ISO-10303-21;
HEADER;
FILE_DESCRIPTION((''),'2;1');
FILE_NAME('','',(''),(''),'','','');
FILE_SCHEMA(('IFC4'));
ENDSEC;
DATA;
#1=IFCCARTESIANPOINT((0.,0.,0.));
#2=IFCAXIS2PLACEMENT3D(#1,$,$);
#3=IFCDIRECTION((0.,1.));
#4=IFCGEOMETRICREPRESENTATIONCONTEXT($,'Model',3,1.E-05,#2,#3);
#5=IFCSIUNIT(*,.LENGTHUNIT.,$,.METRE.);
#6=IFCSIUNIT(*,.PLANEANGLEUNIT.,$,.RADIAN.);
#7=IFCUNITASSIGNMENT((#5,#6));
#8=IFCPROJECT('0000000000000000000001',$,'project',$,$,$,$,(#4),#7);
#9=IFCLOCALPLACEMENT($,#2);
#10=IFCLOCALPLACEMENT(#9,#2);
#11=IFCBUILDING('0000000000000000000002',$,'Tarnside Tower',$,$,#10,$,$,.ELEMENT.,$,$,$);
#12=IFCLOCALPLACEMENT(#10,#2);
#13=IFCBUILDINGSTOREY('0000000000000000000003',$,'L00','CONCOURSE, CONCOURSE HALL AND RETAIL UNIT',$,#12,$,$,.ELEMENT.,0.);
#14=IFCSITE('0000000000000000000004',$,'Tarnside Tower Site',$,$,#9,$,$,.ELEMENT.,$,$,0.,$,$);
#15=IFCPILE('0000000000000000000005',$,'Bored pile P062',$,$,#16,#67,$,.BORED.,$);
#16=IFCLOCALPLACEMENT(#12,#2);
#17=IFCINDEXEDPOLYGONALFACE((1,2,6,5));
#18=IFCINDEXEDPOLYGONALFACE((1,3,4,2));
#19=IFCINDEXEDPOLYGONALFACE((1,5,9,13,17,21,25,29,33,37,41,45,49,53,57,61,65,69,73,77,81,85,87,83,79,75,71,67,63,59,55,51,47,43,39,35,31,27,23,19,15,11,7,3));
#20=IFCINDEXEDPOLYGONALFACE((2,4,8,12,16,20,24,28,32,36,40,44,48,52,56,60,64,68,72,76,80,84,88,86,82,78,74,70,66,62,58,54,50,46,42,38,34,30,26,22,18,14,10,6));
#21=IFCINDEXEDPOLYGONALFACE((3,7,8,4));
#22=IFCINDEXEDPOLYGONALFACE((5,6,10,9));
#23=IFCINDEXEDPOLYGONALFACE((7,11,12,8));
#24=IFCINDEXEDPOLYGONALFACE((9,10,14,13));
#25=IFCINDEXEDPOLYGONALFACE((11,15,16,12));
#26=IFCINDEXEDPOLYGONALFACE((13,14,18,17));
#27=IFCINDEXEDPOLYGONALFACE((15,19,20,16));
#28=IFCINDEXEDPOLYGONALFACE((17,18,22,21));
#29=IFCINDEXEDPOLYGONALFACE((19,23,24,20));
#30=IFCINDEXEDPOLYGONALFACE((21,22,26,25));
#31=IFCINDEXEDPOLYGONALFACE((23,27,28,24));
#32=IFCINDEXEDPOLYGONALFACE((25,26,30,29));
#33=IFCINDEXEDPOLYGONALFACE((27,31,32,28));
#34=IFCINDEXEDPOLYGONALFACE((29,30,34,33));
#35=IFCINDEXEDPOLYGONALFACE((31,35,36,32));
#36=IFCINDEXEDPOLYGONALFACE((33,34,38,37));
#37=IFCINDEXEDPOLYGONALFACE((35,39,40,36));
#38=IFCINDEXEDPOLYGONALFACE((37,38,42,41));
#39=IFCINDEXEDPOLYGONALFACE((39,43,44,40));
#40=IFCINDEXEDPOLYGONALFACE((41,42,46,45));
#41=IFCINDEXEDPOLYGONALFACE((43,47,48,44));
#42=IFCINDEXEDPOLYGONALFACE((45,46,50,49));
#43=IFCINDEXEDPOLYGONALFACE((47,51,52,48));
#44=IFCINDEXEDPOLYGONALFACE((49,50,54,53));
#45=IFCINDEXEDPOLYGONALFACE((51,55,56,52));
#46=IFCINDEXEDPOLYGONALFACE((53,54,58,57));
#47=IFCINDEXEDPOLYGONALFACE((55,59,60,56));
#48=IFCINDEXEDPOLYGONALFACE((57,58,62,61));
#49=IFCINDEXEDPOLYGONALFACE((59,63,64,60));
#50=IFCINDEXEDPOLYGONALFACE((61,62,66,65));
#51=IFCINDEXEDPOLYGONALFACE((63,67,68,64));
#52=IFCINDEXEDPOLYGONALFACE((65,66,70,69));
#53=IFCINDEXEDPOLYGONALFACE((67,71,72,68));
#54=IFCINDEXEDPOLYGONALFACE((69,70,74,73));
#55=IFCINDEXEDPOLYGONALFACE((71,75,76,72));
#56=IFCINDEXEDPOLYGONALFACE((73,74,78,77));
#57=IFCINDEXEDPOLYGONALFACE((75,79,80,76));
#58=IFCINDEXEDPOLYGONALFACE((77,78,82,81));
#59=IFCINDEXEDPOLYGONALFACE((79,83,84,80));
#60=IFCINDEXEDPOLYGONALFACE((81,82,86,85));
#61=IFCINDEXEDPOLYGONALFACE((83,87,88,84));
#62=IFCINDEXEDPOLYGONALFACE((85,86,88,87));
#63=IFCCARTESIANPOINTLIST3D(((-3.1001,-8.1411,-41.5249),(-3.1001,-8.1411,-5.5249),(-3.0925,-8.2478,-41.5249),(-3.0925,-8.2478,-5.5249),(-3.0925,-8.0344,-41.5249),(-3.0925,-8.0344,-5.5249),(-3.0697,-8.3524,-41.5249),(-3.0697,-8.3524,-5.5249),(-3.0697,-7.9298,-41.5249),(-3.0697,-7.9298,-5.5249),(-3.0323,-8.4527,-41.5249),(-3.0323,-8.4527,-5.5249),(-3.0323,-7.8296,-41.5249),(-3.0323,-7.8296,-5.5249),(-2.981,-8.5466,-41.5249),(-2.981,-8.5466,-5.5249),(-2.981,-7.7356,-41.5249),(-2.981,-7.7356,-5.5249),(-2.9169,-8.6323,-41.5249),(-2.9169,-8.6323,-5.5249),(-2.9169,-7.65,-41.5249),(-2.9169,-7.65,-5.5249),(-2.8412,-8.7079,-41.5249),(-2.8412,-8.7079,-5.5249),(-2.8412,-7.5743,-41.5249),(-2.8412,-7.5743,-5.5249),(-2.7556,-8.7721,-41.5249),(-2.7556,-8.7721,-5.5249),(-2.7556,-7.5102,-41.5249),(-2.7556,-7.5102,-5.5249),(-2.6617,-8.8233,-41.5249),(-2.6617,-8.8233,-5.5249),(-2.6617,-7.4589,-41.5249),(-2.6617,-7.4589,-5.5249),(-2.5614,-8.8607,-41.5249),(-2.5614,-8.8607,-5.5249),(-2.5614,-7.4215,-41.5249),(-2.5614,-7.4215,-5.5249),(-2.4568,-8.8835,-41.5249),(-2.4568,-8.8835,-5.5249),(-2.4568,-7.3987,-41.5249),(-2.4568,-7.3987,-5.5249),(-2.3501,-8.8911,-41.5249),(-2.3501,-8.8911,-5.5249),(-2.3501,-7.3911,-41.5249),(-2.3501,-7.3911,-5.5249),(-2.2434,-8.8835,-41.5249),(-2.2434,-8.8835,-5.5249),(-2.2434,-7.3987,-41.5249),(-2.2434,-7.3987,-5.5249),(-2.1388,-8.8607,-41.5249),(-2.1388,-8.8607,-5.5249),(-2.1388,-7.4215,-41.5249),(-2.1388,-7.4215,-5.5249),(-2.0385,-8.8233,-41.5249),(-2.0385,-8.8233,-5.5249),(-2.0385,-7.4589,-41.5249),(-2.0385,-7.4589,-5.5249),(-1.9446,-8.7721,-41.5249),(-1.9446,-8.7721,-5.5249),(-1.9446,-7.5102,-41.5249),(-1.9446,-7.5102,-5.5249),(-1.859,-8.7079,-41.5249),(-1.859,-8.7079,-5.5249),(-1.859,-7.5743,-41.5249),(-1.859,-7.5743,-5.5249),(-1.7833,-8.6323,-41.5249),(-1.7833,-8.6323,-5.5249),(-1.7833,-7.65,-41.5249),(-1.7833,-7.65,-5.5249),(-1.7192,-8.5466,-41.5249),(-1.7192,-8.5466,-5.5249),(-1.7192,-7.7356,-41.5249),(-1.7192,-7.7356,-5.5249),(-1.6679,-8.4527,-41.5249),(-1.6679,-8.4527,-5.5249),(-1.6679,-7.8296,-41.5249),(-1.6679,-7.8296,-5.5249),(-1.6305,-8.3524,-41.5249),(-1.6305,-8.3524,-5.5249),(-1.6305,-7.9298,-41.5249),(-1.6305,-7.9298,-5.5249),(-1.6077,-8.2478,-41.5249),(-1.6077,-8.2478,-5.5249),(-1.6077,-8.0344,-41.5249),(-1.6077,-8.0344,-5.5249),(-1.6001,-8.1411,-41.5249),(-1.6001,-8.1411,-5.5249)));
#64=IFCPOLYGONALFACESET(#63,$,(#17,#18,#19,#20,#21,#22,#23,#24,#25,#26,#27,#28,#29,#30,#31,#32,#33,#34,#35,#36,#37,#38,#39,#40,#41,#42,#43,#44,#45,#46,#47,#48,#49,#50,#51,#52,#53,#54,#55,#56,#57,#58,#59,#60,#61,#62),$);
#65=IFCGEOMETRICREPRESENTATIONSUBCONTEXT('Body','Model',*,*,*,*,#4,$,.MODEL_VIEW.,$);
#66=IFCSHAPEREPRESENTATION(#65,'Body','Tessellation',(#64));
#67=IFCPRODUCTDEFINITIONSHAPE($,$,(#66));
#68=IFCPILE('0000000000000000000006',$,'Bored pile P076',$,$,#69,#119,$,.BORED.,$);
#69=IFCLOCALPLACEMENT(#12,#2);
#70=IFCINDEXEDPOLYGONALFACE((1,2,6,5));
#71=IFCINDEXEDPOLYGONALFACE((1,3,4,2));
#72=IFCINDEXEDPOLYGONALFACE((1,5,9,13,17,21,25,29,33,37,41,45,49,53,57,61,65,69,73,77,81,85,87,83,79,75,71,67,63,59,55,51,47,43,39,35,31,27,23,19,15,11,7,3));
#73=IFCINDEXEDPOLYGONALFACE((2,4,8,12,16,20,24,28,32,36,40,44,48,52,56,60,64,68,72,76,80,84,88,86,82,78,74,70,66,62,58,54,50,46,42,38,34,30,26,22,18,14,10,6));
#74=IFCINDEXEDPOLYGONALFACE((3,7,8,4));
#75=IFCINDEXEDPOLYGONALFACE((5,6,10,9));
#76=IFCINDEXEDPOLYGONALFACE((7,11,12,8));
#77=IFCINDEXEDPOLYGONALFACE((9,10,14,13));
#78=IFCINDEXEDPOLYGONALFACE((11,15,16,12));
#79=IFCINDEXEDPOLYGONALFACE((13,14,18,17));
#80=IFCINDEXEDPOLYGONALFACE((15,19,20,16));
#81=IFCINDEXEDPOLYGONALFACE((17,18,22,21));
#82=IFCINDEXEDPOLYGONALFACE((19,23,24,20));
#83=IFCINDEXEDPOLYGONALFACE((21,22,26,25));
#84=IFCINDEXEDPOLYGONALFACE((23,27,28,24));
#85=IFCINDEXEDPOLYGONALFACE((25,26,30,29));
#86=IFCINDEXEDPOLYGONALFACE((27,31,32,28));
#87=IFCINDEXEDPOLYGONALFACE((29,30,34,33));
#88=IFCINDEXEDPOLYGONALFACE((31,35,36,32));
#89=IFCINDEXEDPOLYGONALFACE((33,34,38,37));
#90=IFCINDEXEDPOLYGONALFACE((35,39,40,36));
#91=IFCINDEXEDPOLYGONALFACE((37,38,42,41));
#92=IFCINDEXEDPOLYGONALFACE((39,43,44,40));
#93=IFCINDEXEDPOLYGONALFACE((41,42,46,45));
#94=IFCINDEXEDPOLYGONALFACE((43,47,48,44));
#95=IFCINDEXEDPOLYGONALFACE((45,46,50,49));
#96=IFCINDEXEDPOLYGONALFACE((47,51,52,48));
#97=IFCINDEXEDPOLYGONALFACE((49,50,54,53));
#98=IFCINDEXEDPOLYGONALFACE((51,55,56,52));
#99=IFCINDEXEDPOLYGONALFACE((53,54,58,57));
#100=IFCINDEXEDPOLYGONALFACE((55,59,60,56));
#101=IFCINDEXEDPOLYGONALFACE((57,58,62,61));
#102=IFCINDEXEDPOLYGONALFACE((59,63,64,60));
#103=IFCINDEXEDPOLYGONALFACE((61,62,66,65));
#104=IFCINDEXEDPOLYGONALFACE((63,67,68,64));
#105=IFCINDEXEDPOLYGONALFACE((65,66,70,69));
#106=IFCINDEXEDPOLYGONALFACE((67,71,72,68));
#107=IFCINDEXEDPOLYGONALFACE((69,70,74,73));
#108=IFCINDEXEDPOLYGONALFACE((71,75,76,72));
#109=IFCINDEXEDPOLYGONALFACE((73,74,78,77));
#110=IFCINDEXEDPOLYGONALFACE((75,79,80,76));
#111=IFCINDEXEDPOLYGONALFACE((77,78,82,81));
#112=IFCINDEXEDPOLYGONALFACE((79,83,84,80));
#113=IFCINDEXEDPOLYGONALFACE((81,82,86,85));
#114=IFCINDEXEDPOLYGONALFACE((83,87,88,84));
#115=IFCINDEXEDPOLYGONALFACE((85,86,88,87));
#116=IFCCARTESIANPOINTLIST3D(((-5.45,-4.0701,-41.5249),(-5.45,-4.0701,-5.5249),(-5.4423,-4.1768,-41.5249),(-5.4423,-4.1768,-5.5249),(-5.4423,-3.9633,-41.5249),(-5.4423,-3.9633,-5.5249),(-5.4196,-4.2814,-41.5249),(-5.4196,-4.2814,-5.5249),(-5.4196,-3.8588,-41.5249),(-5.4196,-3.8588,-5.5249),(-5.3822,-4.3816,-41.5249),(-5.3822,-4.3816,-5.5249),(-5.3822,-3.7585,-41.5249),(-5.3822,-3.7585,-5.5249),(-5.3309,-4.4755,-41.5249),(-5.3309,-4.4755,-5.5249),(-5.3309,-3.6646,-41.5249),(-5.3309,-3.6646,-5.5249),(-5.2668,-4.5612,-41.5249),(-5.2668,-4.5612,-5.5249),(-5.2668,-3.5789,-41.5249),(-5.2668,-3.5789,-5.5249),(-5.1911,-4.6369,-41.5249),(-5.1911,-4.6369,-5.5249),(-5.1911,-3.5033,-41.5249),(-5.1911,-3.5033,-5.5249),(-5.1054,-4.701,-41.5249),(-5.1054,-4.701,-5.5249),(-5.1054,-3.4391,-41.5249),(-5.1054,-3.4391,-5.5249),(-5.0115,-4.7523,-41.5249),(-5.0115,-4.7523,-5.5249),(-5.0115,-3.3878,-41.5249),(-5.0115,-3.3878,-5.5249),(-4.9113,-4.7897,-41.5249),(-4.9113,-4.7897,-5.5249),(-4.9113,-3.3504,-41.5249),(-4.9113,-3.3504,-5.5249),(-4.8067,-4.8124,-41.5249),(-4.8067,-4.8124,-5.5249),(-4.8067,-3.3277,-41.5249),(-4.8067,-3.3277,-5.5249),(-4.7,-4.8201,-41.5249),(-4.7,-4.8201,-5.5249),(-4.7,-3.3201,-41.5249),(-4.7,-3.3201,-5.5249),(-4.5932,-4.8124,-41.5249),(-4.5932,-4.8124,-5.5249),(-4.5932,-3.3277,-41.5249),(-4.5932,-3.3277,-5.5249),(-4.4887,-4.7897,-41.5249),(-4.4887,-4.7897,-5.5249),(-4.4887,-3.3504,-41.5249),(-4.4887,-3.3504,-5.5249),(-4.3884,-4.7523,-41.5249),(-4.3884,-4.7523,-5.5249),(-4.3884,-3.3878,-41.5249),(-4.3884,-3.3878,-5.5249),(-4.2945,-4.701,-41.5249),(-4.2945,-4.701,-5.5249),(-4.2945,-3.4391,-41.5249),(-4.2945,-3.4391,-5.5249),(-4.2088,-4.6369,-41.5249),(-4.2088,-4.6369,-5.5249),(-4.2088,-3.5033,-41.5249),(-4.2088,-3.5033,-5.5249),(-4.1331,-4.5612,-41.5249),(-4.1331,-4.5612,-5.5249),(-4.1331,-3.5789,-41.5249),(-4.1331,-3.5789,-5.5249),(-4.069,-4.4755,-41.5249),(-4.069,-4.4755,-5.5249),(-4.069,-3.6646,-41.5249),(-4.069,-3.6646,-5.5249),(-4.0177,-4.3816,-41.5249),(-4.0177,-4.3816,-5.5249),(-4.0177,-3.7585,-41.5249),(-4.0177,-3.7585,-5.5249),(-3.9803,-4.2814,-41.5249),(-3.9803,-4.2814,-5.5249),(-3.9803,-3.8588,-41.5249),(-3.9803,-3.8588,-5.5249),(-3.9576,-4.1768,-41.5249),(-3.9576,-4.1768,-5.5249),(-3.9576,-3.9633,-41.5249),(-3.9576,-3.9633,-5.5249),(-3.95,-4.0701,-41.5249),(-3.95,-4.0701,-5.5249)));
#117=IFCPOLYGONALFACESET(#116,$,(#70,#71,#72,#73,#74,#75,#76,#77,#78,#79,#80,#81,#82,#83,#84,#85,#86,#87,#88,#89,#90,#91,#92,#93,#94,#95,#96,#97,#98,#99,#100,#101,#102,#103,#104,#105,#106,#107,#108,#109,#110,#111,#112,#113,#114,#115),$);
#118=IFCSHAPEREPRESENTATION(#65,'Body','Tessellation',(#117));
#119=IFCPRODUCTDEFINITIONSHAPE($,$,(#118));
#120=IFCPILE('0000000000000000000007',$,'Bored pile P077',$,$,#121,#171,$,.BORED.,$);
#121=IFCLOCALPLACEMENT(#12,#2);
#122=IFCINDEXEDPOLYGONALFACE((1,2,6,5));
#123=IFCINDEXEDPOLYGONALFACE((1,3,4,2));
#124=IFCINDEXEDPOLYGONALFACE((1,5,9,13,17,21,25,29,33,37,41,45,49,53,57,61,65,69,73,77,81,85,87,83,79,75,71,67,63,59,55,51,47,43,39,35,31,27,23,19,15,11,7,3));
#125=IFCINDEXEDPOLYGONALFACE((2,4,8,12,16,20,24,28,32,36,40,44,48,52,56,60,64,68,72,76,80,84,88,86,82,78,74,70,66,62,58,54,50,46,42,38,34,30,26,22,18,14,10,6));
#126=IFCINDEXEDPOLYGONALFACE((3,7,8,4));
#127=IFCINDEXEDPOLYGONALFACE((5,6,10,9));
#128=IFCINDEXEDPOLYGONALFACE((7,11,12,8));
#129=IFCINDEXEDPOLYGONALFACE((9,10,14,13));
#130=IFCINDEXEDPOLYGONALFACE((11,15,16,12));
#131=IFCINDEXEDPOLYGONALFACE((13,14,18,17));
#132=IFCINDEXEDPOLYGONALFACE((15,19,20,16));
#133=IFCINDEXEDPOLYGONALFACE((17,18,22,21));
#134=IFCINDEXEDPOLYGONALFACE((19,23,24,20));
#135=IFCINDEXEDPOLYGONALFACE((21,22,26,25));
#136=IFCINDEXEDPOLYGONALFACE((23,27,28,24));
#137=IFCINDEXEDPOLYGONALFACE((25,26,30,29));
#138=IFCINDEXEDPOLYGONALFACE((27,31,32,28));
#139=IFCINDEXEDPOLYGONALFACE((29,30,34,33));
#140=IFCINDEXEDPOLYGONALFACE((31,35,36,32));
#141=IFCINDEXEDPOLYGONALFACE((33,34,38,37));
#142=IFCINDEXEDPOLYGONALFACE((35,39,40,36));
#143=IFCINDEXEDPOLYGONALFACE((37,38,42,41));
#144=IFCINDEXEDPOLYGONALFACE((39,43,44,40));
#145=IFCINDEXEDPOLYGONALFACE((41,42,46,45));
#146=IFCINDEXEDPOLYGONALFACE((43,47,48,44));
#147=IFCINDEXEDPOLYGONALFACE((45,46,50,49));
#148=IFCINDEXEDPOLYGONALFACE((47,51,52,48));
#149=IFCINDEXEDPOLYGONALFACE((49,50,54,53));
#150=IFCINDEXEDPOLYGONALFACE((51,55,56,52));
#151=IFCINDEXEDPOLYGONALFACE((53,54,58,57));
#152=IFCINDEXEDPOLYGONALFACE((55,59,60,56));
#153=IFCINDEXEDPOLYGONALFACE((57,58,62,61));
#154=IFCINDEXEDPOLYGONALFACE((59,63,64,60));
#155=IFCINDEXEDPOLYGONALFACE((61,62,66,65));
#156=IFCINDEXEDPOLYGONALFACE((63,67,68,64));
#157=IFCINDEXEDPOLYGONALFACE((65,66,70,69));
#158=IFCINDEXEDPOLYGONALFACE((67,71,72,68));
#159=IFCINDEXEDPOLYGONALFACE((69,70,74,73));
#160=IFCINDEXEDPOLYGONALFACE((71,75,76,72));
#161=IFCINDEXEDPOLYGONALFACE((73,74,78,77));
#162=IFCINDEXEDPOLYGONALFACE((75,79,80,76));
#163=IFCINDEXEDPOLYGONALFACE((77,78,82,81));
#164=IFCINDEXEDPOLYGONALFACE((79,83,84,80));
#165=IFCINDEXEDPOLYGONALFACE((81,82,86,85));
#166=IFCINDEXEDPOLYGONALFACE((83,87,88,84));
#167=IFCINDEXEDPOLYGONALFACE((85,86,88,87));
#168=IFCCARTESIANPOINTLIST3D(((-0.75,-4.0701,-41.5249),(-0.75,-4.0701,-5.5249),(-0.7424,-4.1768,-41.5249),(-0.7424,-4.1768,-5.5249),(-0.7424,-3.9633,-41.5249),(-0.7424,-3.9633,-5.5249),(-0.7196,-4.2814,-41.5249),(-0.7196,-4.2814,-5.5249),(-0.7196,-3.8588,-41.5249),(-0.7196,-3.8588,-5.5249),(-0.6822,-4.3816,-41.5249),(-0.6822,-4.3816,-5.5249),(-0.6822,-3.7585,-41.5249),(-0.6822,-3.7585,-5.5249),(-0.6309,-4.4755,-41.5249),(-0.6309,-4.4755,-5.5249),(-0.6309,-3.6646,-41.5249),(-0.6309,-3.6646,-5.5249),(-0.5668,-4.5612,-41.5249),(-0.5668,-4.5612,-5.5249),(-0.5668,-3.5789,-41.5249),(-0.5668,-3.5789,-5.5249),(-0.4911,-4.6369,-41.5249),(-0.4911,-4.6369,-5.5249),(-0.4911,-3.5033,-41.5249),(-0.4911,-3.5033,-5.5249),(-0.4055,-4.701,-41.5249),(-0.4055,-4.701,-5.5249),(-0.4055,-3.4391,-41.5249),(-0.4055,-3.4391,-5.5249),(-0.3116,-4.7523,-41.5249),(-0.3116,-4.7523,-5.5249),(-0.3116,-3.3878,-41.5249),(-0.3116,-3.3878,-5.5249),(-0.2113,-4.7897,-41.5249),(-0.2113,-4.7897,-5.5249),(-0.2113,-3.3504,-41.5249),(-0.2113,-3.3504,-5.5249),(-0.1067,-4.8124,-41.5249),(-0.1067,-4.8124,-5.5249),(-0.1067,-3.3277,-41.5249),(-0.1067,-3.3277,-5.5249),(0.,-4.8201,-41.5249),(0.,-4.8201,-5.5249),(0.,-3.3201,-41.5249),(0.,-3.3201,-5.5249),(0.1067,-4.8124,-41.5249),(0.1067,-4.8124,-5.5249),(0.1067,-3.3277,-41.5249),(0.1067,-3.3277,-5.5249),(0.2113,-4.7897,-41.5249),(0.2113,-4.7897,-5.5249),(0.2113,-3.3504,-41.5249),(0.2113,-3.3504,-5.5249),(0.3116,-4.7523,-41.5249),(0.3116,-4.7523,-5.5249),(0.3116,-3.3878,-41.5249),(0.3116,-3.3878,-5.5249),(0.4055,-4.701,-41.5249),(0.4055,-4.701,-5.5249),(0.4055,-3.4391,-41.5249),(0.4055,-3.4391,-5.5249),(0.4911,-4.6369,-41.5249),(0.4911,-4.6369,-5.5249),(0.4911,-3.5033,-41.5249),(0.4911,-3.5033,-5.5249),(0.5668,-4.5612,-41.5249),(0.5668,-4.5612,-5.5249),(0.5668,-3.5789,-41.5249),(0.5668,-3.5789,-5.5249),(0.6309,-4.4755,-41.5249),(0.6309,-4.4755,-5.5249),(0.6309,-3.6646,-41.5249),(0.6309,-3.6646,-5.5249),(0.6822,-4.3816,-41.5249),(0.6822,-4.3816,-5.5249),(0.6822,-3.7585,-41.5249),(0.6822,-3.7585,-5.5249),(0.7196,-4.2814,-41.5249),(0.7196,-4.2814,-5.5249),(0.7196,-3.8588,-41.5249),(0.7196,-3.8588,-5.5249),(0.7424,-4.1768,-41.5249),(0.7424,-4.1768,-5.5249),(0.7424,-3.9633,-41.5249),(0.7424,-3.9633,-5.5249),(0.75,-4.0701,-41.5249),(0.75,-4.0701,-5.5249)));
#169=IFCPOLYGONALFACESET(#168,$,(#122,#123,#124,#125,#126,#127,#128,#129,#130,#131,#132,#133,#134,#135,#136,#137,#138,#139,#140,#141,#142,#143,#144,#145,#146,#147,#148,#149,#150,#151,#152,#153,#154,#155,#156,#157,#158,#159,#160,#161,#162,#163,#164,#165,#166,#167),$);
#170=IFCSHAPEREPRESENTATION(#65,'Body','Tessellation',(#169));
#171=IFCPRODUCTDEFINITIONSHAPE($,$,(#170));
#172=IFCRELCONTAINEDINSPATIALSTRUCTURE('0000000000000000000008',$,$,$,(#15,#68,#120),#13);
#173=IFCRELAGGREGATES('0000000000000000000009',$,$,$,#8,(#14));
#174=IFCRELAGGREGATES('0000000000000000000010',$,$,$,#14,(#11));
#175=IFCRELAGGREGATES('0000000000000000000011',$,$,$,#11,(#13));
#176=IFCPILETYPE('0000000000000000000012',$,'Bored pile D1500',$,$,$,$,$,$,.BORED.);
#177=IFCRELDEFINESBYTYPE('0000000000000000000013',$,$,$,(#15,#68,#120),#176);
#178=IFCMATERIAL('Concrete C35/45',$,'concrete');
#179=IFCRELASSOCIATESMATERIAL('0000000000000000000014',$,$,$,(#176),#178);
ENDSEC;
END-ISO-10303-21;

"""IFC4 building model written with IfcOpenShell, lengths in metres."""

from ifc_helpers import new_model, si_unit, direction, frame, origin, origin_2d, place, context, subcontext, project, spatial, circle, extrude, material, material_profile, profile_set, type_object, element, save


model = new_model("IFC4")

# Units and contexts
model_context = context("Model", 3, precision=1e-05, world=origin(), true_north=direction((0.0, 1.0)))
body_context = subcontext(model_context, "Body", "Model", "MODEL_VIEW")
ifc_project = project(units=[si_unit("LENGTHUNIT", "METRE"), si_unit("PLANEANGLEUNIT", "RADIAN")], contexts=[model_context])

# Site, building, storey
site_placement = place(None, origin())
site = spatial("IfcSite", under=ifc_project, at=site_placement, Name="Tarnside Tower Site", CompositionType="ELEMENT", RefElevation=0.0)
building_placement = place(site_placement, origin())
building = spatial("IfcBuilding", under=site, at=building_placement, Name="Tarnside Tower", CompositionType="ELEMENT")
storey_placement = place(building_placement, origin())
storey = spatial("IfcBuildingStorey", under=building, at=storey_placement, Name="L00", Description="CONCOURSE, CONCOURSE HALL AND RETAIL UNIT", CompositionType="ELEMENT", Elevation=0.0)

# Piles
ifc_material_1 = material(Name="Concrete C35/45", Category="concrete")
ifc_material_profile = material_profile(ifc_material_1, circle(Radius=0.75, at=origin_2d()), Name="Bored pile D1500")
ifc_profile_set = profile_set([ifc_material_profile], Name="Concrete C35/45")
pile_type = type_object("IfcPileType", Name="Bored pile D1500", PredefinedType="BORED", material=ifc_profile_set)
for number, where, z_axis, x_axis, name in (
    (1, (-2.3501, -8.1411, -5.5249), (0.0, 0.0, -1.0), (1.0, 0.0, 0.0), "Bored pile P062"),
    (2, (-4.7, -4.0701, -5.5249), (0.0, 0.0, -1.0), (1.0, 0.0, 0.0), "Bored pile P076"),
    (3, (0.0, -4.0701, -5.5249), (0.0, 0.0, -1.0), (1.0, 0.0, 0.0), "Bored pile P077"),
):
    element("IfcPile", number, at=place(storey_placement, frame(where, z_axis=z_axis, x_axis=x_axis)), inside=storey, type_object=pile_type, Name=name, PredefinedType="BORED", context=body_context, shape_type="SweptSolid", body=[
        extrude(circle(Radius=0.75, at=origin_2d()), origin(), (0.0, 0.0, 1.0), 36.0),
    ])

save(model, "model.ifc")
